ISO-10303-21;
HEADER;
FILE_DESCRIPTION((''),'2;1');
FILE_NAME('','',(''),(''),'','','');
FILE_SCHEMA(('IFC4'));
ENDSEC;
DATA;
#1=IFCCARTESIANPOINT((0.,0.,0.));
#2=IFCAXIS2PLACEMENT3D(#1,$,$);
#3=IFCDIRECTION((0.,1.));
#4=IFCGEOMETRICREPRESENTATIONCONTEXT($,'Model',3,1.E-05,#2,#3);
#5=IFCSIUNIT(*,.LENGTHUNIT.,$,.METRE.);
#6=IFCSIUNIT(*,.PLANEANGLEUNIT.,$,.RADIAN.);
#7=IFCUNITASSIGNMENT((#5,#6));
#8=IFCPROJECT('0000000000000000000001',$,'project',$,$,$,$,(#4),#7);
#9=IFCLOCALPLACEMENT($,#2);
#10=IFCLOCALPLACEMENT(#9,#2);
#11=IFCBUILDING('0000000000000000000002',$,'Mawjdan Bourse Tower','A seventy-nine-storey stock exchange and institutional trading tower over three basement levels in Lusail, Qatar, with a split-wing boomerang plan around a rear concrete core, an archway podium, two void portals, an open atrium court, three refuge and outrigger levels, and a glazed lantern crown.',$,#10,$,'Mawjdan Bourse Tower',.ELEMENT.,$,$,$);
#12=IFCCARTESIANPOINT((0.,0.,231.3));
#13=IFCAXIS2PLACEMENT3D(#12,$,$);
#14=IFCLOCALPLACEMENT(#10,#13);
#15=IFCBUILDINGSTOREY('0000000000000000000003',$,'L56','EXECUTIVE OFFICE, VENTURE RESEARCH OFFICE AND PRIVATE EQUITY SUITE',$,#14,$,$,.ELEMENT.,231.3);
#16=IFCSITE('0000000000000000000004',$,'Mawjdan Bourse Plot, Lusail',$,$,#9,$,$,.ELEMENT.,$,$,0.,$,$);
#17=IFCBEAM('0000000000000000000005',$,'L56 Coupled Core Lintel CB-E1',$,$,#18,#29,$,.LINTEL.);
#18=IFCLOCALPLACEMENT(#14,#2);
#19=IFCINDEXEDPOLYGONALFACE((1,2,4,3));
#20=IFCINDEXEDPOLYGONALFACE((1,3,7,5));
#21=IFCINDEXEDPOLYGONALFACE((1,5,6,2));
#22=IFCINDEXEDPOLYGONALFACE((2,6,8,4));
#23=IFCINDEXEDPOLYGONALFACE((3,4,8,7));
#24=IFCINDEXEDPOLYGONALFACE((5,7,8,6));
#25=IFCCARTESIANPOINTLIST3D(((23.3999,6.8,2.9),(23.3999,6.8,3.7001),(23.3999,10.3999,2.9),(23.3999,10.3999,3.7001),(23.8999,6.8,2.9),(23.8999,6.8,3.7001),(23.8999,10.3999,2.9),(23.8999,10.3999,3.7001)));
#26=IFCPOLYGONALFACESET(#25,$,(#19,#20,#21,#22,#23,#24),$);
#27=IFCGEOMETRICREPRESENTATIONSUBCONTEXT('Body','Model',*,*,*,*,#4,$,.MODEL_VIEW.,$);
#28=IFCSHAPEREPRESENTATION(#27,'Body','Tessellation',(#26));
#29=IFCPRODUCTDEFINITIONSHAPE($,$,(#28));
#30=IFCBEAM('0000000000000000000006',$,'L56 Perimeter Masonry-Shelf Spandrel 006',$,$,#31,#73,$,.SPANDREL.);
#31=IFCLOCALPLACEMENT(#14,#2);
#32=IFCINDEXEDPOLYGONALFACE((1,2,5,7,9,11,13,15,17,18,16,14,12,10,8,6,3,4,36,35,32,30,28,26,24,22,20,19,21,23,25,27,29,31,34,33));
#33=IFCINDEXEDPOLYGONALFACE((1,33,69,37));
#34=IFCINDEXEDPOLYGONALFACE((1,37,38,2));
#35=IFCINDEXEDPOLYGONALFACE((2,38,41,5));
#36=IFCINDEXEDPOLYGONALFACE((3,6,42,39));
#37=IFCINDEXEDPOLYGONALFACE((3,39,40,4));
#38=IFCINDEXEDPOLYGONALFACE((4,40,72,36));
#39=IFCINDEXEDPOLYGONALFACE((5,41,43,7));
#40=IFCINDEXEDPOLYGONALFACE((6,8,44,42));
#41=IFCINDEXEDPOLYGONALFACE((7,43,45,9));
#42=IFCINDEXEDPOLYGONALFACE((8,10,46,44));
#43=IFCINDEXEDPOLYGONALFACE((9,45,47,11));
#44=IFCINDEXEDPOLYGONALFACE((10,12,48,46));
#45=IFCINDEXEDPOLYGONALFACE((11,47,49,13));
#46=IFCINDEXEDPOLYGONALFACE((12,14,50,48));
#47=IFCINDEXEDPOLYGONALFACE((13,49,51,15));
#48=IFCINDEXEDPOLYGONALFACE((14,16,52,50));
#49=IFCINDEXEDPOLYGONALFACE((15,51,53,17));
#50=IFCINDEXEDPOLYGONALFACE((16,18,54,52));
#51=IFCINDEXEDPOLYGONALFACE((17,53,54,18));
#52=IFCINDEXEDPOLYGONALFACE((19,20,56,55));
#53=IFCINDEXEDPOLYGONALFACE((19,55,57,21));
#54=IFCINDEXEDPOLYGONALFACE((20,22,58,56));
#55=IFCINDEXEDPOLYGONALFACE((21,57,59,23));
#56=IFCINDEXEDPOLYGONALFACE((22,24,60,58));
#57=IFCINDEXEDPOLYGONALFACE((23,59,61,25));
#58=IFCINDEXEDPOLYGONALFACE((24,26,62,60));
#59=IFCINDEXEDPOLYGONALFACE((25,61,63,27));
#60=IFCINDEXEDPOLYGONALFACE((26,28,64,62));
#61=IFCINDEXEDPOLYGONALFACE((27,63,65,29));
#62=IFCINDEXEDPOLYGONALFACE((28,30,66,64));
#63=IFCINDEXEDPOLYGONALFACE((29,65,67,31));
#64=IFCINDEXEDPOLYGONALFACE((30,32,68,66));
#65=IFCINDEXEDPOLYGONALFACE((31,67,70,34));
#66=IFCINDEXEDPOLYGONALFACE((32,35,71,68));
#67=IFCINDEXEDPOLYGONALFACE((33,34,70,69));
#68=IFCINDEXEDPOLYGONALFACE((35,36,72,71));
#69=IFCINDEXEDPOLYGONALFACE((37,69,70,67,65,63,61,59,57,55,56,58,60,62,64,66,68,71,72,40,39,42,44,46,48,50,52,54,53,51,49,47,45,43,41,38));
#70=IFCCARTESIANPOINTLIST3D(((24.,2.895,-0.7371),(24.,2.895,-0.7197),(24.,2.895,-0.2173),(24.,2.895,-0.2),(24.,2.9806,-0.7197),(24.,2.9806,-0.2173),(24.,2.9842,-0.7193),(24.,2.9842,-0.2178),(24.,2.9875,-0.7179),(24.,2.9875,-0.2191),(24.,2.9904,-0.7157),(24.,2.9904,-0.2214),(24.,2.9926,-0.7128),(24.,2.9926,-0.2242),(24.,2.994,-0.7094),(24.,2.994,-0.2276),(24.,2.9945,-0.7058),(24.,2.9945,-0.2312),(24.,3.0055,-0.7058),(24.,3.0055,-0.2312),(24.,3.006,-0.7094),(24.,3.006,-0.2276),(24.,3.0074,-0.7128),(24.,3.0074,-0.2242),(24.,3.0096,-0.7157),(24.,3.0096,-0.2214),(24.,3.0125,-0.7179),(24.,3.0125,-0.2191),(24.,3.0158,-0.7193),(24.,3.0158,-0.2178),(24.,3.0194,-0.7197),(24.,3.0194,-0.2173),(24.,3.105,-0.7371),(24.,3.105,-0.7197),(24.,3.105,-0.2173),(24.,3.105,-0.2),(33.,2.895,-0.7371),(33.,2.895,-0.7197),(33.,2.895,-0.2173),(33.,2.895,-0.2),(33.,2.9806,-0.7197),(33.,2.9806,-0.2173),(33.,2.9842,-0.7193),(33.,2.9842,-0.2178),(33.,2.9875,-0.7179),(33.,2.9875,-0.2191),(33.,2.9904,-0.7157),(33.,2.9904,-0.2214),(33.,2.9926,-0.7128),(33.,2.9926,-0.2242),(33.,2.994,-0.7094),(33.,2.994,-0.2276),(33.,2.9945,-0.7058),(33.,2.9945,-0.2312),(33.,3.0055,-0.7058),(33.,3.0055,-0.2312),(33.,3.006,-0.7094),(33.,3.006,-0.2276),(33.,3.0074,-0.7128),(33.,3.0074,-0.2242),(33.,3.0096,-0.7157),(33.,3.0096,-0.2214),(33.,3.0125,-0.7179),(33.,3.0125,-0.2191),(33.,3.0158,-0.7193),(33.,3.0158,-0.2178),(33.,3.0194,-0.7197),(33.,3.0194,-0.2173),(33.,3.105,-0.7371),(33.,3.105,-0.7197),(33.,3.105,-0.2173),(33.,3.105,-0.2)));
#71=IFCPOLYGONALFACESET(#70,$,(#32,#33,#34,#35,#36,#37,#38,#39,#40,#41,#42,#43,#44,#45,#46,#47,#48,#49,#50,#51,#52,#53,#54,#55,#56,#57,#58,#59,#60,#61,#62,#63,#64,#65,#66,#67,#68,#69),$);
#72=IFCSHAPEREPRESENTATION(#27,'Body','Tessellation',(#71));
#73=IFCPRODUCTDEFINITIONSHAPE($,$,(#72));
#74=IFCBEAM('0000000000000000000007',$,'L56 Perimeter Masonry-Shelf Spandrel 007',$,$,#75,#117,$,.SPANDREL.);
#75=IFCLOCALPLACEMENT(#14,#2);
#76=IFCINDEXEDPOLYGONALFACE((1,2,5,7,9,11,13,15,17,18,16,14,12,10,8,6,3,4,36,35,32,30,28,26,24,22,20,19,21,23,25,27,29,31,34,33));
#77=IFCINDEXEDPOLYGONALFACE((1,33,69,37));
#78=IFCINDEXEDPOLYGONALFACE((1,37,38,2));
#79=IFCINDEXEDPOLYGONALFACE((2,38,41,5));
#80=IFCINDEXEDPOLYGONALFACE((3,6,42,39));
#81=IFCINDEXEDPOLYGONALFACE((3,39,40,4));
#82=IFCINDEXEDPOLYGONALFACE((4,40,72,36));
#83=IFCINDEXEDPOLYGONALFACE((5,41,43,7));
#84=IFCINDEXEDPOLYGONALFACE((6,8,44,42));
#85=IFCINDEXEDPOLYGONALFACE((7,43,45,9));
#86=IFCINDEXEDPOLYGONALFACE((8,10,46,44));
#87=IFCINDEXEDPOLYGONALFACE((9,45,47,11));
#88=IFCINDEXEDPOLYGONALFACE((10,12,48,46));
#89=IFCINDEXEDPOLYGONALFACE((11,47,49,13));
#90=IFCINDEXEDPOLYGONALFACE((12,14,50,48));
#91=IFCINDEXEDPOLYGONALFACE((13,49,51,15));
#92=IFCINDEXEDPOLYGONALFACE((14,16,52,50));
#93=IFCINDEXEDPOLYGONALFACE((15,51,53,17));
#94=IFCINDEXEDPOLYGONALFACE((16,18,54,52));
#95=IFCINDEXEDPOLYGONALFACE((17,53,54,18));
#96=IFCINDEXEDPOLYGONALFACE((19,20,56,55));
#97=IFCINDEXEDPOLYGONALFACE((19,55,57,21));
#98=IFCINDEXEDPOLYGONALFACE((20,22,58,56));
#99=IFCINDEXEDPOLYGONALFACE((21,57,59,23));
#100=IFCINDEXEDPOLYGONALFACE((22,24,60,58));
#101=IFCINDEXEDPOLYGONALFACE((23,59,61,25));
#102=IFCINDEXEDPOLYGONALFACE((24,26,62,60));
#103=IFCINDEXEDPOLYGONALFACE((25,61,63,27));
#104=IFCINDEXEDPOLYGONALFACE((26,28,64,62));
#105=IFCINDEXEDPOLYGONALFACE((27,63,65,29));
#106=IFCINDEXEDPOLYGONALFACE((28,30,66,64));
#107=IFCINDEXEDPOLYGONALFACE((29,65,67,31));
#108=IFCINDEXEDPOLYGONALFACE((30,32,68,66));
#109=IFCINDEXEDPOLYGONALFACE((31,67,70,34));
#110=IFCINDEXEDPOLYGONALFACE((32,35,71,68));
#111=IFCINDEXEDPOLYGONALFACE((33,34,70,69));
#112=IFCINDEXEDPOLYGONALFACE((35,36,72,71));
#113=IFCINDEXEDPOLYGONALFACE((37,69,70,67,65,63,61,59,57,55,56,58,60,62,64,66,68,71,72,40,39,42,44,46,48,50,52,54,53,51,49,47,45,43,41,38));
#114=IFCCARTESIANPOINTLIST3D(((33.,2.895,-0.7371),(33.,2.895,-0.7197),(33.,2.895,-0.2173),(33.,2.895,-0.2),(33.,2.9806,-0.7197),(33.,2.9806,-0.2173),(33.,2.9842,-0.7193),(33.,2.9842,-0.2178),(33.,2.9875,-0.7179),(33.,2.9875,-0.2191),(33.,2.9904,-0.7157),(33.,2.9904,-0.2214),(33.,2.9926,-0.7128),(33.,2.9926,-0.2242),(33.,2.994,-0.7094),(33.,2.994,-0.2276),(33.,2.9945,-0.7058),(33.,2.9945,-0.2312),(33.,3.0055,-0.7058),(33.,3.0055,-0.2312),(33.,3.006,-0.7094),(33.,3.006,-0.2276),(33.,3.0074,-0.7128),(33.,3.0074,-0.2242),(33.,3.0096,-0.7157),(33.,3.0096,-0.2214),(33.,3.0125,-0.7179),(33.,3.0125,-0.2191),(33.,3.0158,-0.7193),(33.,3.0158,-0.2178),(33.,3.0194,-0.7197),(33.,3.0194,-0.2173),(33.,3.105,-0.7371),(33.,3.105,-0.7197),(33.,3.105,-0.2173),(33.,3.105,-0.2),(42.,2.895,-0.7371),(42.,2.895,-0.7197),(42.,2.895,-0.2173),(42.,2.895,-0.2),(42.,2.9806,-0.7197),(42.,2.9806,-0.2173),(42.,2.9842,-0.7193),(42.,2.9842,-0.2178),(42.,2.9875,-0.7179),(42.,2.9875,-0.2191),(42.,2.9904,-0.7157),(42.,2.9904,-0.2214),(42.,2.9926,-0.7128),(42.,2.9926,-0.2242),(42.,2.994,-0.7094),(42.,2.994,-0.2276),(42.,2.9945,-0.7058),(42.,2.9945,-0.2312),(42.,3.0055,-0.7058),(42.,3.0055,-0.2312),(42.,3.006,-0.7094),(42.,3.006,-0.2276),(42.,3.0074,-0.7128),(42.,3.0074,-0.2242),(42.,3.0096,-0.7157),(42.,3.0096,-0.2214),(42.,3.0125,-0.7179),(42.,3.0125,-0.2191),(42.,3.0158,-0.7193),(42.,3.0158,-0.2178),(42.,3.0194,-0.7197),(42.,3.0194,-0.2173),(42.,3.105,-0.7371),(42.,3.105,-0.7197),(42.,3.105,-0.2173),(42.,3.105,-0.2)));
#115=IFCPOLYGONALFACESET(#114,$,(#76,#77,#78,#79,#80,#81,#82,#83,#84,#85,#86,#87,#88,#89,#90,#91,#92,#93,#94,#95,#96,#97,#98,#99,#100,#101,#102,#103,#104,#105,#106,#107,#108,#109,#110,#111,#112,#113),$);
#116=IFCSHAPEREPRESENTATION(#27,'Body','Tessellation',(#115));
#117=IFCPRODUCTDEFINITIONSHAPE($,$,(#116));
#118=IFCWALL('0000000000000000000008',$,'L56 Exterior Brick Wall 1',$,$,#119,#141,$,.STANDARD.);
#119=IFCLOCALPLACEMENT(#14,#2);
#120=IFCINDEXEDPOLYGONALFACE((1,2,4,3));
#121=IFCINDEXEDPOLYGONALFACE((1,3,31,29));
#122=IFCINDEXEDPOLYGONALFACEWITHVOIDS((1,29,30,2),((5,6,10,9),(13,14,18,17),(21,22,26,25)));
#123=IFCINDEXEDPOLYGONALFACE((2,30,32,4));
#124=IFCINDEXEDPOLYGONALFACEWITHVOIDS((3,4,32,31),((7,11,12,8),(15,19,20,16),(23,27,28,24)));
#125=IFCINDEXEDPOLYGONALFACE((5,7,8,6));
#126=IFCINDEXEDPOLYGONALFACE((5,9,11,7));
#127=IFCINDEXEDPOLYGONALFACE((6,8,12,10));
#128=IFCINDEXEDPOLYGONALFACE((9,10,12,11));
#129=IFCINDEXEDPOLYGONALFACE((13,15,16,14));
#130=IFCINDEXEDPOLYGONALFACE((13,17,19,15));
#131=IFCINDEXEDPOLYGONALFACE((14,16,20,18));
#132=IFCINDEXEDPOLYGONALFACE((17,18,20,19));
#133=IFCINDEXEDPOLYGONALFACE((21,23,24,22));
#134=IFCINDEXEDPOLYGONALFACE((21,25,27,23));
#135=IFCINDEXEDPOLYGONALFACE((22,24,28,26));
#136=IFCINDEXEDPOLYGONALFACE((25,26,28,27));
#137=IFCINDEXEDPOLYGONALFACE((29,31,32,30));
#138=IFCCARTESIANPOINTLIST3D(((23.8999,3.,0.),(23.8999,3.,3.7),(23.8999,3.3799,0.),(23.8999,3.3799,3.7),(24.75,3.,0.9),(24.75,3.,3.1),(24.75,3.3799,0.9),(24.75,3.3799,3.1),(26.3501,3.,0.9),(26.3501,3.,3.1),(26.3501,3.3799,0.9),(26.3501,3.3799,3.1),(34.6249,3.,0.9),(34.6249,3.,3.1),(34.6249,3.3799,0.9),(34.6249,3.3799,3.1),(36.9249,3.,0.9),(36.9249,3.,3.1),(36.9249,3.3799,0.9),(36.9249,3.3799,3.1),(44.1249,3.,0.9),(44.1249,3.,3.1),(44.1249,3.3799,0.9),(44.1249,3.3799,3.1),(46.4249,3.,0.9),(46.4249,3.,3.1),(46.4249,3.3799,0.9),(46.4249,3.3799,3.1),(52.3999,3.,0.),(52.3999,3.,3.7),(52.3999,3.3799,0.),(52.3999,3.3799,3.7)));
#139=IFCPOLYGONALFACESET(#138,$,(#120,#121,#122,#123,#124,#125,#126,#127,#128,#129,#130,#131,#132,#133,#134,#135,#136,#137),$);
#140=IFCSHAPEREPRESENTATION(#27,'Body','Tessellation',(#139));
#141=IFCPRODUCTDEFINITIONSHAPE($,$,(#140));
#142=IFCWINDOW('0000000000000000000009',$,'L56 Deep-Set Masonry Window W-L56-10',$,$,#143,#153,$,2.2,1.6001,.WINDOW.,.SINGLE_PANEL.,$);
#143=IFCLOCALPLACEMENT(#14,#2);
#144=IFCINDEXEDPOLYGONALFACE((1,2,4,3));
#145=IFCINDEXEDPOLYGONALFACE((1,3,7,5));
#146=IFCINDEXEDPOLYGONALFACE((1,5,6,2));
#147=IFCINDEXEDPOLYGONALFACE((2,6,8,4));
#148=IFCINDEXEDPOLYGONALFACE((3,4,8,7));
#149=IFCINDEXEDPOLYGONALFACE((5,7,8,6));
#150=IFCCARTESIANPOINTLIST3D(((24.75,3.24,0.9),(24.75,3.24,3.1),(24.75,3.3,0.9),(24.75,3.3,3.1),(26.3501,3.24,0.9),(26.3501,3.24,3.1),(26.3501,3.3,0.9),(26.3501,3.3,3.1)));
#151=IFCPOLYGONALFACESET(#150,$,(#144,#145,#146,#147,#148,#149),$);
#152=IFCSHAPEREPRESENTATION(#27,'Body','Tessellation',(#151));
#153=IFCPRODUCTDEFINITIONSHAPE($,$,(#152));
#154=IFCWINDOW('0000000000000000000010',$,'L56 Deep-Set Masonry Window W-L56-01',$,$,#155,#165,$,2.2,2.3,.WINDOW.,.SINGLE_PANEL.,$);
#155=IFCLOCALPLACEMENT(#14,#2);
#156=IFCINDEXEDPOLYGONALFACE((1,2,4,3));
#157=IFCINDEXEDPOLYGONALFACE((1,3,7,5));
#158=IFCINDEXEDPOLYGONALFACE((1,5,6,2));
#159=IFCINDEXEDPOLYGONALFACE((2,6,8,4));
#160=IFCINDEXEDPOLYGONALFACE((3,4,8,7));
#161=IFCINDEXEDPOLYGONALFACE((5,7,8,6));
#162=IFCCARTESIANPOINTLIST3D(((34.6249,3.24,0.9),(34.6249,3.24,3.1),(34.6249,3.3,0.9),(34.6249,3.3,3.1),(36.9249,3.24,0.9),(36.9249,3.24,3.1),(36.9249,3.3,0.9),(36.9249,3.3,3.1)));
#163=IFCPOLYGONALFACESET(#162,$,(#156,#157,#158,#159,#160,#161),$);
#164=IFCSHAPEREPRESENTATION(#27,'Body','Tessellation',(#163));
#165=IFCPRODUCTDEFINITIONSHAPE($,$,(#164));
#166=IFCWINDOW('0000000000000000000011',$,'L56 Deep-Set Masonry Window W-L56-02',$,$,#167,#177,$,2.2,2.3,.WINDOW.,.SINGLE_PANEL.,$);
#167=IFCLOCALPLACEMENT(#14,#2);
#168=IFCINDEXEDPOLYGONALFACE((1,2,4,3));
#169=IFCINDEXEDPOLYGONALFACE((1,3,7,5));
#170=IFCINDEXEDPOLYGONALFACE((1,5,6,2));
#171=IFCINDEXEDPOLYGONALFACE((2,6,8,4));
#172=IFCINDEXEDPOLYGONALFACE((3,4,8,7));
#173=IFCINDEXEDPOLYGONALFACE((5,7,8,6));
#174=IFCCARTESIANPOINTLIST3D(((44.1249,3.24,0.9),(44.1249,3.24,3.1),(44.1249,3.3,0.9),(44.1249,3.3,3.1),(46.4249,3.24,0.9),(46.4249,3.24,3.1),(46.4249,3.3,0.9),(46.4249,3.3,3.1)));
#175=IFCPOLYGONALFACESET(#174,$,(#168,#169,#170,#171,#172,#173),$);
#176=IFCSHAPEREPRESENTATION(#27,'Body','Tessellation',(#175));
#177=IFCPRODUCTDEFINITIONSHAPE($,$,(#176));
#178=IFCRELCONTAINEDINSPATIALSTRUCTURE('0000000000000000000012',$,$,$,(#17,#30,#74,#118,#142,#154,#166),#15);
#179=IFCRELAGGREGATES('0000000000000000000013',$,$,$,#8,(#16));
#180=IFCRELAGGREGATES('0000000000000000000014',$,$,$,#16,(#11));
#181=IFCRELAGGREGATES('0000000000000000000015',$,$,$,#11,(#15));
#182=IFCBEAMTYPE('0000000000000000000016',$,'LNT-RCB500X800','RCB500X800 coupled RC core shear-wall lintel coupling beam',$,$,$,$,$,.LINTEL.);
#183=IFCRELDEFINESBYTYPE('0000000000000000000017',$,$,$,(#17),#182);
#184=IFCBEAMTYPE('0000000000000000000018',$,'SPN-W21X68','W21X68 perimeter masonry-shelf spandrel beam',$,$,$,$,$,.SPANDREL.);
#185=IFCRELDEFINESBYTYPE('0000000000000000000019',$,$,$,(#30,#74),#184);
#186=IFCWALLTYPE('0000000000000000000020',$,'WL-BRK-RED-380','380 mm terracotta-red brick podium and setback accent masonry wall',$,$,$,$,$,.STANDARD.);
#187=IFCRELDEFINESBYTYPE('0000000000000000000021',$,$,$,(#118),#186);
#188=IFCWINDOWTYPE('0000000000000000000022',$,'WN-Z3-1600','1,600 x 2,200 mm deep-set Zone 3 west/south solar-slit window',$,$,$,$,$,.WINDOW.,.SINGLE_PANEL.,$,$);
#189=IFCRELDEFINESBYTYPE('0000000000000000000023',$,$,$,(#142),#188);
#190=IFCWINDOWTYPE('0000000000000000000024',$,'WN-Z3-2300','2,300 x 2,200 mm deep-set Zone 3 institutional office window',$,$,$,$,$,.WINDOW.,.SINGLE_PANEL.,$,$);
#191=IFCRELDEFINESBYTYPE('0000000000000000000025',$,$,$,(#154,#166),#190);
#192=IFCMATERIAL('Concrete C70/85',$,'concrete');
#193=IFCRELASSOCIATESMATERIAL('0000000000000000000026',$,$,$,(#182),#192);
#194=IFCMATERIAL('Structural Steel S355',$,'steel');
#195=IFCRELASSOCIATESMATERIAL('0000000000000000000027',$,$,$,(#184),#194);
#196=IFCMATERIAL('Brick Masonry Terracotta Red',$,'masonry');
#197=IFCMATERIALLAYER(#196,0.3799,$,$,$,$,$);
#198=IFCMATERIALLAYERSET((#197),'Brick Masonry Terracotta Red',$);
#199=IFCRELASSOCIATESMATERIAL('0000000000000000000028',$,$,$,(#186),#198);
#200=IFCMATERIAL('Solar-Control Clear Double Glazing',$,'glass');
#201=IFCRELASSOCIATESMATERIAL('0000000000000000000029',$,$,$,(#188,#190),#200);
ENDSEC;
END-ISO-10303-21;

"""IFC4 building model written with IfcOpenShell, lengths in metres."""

from ifc_helpers import new_model, si_unit, direction, frame, frame_2d, origin, origin_2d, place, context, subcontext, project, spatial, rectangle, i_section, extrude, material, layer, layer_set, material_profile, profile_set, type_object, element, fill, save


model = new_model("IFC4")

# Units and contexts
model_context = context("Model", 3, precision=1e-05, world=origin(), true_north=direction((0.0, 1.0)))
body_context = subcontext(model_context, "Body", "Model", "MODEL_VIEW")
ifc_project = project(units=[si_unit("LENGTHUNIT", "METRE"), si_unit("PLANEANGLEUNIT", "RADIAN")], contexts=[model_context])

# Site, building, storey
site_placement = place(None, origin())
site = spatial("IfcSite", under=ifc_project, at=site_placement, Name="Mawjdan Bourse Plot, Lusail", CompositionType="ELEMENT", RefElevation=0.0)
building_placement = place(site_placement, origin())
building = spatial("IfcBuilding", under=site, at=building_placement, Name="Mawjdan Bourse Tower", Description="A seventy-nine-storey stock exchange and institutional trading tower over three basement levels in Lusail, Qatar, with a split-wing boomerang plan around a rear concrete core, an archway podium, two void portals, an open atrium court, three refuge and outrigger levels, and a glazed lantern crown.", LongName="Mawjdan Bourse Tower", CompositionType="ELEMENT")
storey_placement = place(building_placement, frame((0.0, 0.0, 231.3)))
storey = spatial("IfcBuildingStorey", under=building, at=storey_placement, Name="L56", Description="EXECUTIVE OFFICE, VENTURE RESEARCH OFFICE AND PRIVATE EQUITY SUITE", CompositionType="ELEMENT", Elevation=231.3)

# Beams
ifc_material_1 = material(Name="Structural Steel S355", Category="steel")
ifc_material_2 = material(Name="Concrete C70/85", Category="concrete")
ifc_material_profile_1 = material_profile(ifc_material_2, rectangle(XDim=0.5, YDim=0.8, at=origin_2d()), Name="RCB500X800")
ifc_profile_set_1 = profile_set([ifc_material_profile_1], Name="Concrete C70/85")
beam_type_1 = type_object("IfcBeamType", Name="LNT-RCB500X800", Description="RCB500X800 coupled RC core shear-wall lintel coupling beam", PredefinedType="LINTEL", material=ifc_profile_set_1)
beam_1_placement = place(storey_placement, frame((23.6499, 6.8, 3.3), z_axis=(0.0, 1.0, 0.0), x_axis=(-1.0, 0.0, 0.0)))
element("IfcBeam", 1, at=beam_1_placement, inside=storey, type_object=beam_type_1, Name="L56 Coupled Core Lintel CB-E1", PredefinedType="LINTEL", context=body_context, shape_type="SweptSolid", body=[
    extrude(rectangle(XDim=0.5, YDim=0.8, at=origin_2d()), origin(), (0.0, 0.0, 1.0), 3.5999),
])
ifc_material_profile_2 = material_profile(ifc_material_1, i_section(OverallWidth=0.21, OverallDepth=0.5371, WebThickness=0.011, FlangeThickness=0.0173, FilletRadius=0.0139, at=origin_2d()), Name="W21X68")
ifc_profile_set_2 = profile_set([ifc_material_profile_2], Name="Structural Steel S355")
beam_type_2 = type_object("IfcBeamType", Name="SPN-W21X68", Description="W21X68 perimeter masonry-shelf spandrel beam", PredefinedType="SPANDREL", material=ifc_profile_set_2)
for number, where, z_axis, x_axis, name in (
    (2, (24.0, 3.0, -0.4685), (1.0, 0.0, 0.0), (0.0, 1.0, 0.0), "L56 Perimeter Masonry-Shelf Spandrel 006"),
    (3, (33.0, 3.0, -0.4685), (1.0, 0.0, 0.0), (0.0, 1.0, 0.0), "L56 Perimeter Masonry-Shelf Spandrel 007"),
):
    element("IfcBeam", number, at=place(storey_placement, frame(where, z_axis=z_axis, x_axis=x_axis)), inside=storey, type_object=beam_type_2, Name=name, PredefinedType="SPANDREL", context=body_context, shape_type="SweptSolid", body=[
        extrude(i_section(OverallWidth=0.21, OverallDepth=0.5371, WebThickness=0.011, FlangeThickness=0.0173, FilletRadius=0.0139, at=origin_2d()), origin(), (0.0, 0.0, 1.0), 9.0),
    ])

# Wall, openings, windows
ifc_material_3 = material(Name="Brick Masonry Terracotta Red", Category="masonry")
ifc_layer_1 = layer(ifc_material_3, 0.3799)
ifc_layer_set_1 = layer_set([ifc_layer_1], Name="Brick Masonry Terracotta Red")
wall_type_1 = type_object("IfcWallType", Name="WL-BRK-RED-380", Description="380 mm terracotta-red brick podium and setback accent masonry wall", PredefinedType="STANDARD", material=ifc_layer_set_1)
wall_1_placement = place(storey_placement, frame((23.8999, 3.1899, 0.0), z_axis=(0.0, 0.0, 1.0), x_axis=(1.0, 0.0, 0.0)))
wall_1 = element("IfcWall", 4, at=wall_1_placement, inside=storey, type_object=wall_type_1, Name="L56 Exterior Brick Wall 1", PredefinedType="STANDARD", context=body_context, shape_type="SweptSolid", body=[
    extrude(rectangle(XDim=28.5, YDim=0.3799, at=frame_2d((14.25, 0.0))), origin(), (0.0, 0.0, 1.0), 3.7),
])
opening_1_placement = place(wall_1_placement, frame((10.7251, 0.0, 0.8999)))
opening_1 = element("IfcOpeningElement", 5, at=opening_1_placement, cuts=wall_1, PredefinedType="OPENING", context=body_context, shape_type="SweptSolid", body=[
    extrude(rectangle(XDim=2.3, YDim=2.2, at=frame_2d((1.1499, 1.1001))), frame((0.0, 0.2, 0.0), z_axis=(0.0, -1.0, 0.0), x_axis=(1.0, 0.0, 0.0)), (0.0, 0.0, 1.0), 0.3999),
])
opening_2_placement = place(wall_1_placement, frame((20.2251, 0.0, 0.8999)))
opening_2 = element("IfcOpeningElement", 6, at=opening_2_placement, cuts=wall_1, PredefinedType="OPENING", context=body_context, shape_type="SweptSolid", body=[
    extrude(rectangle(XDim=2.3, YDim=2.2, at=frame_2d((1.1499, 1.1001))), frame((0.0, 0.2, 0.0), z_axis=(0.0, -1.0, 0.0), x_axis=(1.0, 0.0, 0.0)), (0.0, 0.0, 1.0), 0.3999),
])
opening_3_placement = place(wall_1_placement, frame((0.8501, 0.0, 0.8999)))
opening_3 = element("IfcOpeningElement", 7, at=opening_3_placement, cuts=wall_1, PredefinedType="OPENING", context=body_context, shape_type="SweptSolid", body=[
    extrude(rectangle(XDim=1.6001, YDim=2.2, at=frame_2d((0.8, 1.1001))), frame((0.0, 0.2, 0.0), z_axis=(0.0, -1.0, 0.0), x_axis=(1.0, 0.0, 0.0)), (0.0, 0.0, 1.0), 0.3999),
])
ifc_material_4 = material(Name="Solar-Control Clear Double Glazing", Category="glass")
window_type_1 = type_object("IfcWindowType", Name="WN-Z3-1600", Description="1,600 x 2,200 mm deep-set Zone 3 west/south solar-slit window", PartitioningType="SINGLE_PANEL", PredefinedType="WINDOW", material=ifc_material_4)
window_1_placement = place(opening_3_placement, origin())
window_1 = element("IfcWindow", 8, at=window_1_placement, inside=storey, type_object=window_type_1, Name="L56 Deep-Set Masonry Window W-L56-10", OverallHeight=2.2, OverallWidth=1.6001, PartitioningType="SINGLE_PANEL", PredefinedType="WINDOW", context=body_context, shape_type="SweptSolid", body=[
    extrude(rectangle(XDim=1.6001, YDim=2.2, at=frame_2d((0.8, 1.1001))), frame((0.0, 0.1101, 0.0), z_axis=(0.0, -1.0, 0.0), x_axis=(1.0, 0.0, 0.0)), (0.0, 0.0, 1.0), 0.0601),
])
fill(opening_3, window_1)
window_type_2 = type_object("IfcWindowType", Name="WN-Z3-2300", Description="2,300 x 2,200 mm deep-set Zone 3 institutional office window", PartitioningType="SINGLE_PANEL", PredefinedType="WINDOW", material=ifc_material_4)
window_2_placement = place(opening_1_placement, origin())
window_2 = element("IfcWindow", 9, at=window_2_placement, inside=storey, type_object=window_type_2, Name="L56 Deep-Set Masonry Window W-L56-01", OverallHeight=2.2, OverallWidth=2.3, PartitioningType="SINGLE_PANEL", PredefinedType="WINDOW", context=body_context, shape_type="SweptSolid", body=[
    extrude(rectangle(XDim=2.3, YDim=2.2, at=frame_2d((1.1499, 1.1001))), frame((0.0, 0.1101, 0.0), z_axis=(0.0, -1.0, 0.0), x_axis=(1.0, 0.0, 0.0)), (0.0, 0.0, 1.0), 0.0601),
])
fill(opening_1, window_2)
window_3_placement = place(opening_2_placement, origin())
window_3 = element("IfcWindow", 10, at=window_3_placement, inside=storey, type_object=window_type_2, Name="L56 Deep-Set Masonry Window W-L56-02", OverallHeight=2.2, OverallWidth=2.3, PartitioningType="SINGLE_PANEL", PredefinedType="WINDOW", context=body_context, shape_type="SweptSolid", body=[
    extrude(rectangle(XDim=2.3, YDim=2.2, at=frame_2d((1.1499, 1.1001))), frame((0.0, 0.1101, 0.0), z_axis=(0.0, -1.0, 0.0), x_axis=(1.0, 0.0, 0.0)), (0.0, 0.0, 1.0), 0.0601),
])
fill(opening_2, window_3)

save(model, "model.ifc")
